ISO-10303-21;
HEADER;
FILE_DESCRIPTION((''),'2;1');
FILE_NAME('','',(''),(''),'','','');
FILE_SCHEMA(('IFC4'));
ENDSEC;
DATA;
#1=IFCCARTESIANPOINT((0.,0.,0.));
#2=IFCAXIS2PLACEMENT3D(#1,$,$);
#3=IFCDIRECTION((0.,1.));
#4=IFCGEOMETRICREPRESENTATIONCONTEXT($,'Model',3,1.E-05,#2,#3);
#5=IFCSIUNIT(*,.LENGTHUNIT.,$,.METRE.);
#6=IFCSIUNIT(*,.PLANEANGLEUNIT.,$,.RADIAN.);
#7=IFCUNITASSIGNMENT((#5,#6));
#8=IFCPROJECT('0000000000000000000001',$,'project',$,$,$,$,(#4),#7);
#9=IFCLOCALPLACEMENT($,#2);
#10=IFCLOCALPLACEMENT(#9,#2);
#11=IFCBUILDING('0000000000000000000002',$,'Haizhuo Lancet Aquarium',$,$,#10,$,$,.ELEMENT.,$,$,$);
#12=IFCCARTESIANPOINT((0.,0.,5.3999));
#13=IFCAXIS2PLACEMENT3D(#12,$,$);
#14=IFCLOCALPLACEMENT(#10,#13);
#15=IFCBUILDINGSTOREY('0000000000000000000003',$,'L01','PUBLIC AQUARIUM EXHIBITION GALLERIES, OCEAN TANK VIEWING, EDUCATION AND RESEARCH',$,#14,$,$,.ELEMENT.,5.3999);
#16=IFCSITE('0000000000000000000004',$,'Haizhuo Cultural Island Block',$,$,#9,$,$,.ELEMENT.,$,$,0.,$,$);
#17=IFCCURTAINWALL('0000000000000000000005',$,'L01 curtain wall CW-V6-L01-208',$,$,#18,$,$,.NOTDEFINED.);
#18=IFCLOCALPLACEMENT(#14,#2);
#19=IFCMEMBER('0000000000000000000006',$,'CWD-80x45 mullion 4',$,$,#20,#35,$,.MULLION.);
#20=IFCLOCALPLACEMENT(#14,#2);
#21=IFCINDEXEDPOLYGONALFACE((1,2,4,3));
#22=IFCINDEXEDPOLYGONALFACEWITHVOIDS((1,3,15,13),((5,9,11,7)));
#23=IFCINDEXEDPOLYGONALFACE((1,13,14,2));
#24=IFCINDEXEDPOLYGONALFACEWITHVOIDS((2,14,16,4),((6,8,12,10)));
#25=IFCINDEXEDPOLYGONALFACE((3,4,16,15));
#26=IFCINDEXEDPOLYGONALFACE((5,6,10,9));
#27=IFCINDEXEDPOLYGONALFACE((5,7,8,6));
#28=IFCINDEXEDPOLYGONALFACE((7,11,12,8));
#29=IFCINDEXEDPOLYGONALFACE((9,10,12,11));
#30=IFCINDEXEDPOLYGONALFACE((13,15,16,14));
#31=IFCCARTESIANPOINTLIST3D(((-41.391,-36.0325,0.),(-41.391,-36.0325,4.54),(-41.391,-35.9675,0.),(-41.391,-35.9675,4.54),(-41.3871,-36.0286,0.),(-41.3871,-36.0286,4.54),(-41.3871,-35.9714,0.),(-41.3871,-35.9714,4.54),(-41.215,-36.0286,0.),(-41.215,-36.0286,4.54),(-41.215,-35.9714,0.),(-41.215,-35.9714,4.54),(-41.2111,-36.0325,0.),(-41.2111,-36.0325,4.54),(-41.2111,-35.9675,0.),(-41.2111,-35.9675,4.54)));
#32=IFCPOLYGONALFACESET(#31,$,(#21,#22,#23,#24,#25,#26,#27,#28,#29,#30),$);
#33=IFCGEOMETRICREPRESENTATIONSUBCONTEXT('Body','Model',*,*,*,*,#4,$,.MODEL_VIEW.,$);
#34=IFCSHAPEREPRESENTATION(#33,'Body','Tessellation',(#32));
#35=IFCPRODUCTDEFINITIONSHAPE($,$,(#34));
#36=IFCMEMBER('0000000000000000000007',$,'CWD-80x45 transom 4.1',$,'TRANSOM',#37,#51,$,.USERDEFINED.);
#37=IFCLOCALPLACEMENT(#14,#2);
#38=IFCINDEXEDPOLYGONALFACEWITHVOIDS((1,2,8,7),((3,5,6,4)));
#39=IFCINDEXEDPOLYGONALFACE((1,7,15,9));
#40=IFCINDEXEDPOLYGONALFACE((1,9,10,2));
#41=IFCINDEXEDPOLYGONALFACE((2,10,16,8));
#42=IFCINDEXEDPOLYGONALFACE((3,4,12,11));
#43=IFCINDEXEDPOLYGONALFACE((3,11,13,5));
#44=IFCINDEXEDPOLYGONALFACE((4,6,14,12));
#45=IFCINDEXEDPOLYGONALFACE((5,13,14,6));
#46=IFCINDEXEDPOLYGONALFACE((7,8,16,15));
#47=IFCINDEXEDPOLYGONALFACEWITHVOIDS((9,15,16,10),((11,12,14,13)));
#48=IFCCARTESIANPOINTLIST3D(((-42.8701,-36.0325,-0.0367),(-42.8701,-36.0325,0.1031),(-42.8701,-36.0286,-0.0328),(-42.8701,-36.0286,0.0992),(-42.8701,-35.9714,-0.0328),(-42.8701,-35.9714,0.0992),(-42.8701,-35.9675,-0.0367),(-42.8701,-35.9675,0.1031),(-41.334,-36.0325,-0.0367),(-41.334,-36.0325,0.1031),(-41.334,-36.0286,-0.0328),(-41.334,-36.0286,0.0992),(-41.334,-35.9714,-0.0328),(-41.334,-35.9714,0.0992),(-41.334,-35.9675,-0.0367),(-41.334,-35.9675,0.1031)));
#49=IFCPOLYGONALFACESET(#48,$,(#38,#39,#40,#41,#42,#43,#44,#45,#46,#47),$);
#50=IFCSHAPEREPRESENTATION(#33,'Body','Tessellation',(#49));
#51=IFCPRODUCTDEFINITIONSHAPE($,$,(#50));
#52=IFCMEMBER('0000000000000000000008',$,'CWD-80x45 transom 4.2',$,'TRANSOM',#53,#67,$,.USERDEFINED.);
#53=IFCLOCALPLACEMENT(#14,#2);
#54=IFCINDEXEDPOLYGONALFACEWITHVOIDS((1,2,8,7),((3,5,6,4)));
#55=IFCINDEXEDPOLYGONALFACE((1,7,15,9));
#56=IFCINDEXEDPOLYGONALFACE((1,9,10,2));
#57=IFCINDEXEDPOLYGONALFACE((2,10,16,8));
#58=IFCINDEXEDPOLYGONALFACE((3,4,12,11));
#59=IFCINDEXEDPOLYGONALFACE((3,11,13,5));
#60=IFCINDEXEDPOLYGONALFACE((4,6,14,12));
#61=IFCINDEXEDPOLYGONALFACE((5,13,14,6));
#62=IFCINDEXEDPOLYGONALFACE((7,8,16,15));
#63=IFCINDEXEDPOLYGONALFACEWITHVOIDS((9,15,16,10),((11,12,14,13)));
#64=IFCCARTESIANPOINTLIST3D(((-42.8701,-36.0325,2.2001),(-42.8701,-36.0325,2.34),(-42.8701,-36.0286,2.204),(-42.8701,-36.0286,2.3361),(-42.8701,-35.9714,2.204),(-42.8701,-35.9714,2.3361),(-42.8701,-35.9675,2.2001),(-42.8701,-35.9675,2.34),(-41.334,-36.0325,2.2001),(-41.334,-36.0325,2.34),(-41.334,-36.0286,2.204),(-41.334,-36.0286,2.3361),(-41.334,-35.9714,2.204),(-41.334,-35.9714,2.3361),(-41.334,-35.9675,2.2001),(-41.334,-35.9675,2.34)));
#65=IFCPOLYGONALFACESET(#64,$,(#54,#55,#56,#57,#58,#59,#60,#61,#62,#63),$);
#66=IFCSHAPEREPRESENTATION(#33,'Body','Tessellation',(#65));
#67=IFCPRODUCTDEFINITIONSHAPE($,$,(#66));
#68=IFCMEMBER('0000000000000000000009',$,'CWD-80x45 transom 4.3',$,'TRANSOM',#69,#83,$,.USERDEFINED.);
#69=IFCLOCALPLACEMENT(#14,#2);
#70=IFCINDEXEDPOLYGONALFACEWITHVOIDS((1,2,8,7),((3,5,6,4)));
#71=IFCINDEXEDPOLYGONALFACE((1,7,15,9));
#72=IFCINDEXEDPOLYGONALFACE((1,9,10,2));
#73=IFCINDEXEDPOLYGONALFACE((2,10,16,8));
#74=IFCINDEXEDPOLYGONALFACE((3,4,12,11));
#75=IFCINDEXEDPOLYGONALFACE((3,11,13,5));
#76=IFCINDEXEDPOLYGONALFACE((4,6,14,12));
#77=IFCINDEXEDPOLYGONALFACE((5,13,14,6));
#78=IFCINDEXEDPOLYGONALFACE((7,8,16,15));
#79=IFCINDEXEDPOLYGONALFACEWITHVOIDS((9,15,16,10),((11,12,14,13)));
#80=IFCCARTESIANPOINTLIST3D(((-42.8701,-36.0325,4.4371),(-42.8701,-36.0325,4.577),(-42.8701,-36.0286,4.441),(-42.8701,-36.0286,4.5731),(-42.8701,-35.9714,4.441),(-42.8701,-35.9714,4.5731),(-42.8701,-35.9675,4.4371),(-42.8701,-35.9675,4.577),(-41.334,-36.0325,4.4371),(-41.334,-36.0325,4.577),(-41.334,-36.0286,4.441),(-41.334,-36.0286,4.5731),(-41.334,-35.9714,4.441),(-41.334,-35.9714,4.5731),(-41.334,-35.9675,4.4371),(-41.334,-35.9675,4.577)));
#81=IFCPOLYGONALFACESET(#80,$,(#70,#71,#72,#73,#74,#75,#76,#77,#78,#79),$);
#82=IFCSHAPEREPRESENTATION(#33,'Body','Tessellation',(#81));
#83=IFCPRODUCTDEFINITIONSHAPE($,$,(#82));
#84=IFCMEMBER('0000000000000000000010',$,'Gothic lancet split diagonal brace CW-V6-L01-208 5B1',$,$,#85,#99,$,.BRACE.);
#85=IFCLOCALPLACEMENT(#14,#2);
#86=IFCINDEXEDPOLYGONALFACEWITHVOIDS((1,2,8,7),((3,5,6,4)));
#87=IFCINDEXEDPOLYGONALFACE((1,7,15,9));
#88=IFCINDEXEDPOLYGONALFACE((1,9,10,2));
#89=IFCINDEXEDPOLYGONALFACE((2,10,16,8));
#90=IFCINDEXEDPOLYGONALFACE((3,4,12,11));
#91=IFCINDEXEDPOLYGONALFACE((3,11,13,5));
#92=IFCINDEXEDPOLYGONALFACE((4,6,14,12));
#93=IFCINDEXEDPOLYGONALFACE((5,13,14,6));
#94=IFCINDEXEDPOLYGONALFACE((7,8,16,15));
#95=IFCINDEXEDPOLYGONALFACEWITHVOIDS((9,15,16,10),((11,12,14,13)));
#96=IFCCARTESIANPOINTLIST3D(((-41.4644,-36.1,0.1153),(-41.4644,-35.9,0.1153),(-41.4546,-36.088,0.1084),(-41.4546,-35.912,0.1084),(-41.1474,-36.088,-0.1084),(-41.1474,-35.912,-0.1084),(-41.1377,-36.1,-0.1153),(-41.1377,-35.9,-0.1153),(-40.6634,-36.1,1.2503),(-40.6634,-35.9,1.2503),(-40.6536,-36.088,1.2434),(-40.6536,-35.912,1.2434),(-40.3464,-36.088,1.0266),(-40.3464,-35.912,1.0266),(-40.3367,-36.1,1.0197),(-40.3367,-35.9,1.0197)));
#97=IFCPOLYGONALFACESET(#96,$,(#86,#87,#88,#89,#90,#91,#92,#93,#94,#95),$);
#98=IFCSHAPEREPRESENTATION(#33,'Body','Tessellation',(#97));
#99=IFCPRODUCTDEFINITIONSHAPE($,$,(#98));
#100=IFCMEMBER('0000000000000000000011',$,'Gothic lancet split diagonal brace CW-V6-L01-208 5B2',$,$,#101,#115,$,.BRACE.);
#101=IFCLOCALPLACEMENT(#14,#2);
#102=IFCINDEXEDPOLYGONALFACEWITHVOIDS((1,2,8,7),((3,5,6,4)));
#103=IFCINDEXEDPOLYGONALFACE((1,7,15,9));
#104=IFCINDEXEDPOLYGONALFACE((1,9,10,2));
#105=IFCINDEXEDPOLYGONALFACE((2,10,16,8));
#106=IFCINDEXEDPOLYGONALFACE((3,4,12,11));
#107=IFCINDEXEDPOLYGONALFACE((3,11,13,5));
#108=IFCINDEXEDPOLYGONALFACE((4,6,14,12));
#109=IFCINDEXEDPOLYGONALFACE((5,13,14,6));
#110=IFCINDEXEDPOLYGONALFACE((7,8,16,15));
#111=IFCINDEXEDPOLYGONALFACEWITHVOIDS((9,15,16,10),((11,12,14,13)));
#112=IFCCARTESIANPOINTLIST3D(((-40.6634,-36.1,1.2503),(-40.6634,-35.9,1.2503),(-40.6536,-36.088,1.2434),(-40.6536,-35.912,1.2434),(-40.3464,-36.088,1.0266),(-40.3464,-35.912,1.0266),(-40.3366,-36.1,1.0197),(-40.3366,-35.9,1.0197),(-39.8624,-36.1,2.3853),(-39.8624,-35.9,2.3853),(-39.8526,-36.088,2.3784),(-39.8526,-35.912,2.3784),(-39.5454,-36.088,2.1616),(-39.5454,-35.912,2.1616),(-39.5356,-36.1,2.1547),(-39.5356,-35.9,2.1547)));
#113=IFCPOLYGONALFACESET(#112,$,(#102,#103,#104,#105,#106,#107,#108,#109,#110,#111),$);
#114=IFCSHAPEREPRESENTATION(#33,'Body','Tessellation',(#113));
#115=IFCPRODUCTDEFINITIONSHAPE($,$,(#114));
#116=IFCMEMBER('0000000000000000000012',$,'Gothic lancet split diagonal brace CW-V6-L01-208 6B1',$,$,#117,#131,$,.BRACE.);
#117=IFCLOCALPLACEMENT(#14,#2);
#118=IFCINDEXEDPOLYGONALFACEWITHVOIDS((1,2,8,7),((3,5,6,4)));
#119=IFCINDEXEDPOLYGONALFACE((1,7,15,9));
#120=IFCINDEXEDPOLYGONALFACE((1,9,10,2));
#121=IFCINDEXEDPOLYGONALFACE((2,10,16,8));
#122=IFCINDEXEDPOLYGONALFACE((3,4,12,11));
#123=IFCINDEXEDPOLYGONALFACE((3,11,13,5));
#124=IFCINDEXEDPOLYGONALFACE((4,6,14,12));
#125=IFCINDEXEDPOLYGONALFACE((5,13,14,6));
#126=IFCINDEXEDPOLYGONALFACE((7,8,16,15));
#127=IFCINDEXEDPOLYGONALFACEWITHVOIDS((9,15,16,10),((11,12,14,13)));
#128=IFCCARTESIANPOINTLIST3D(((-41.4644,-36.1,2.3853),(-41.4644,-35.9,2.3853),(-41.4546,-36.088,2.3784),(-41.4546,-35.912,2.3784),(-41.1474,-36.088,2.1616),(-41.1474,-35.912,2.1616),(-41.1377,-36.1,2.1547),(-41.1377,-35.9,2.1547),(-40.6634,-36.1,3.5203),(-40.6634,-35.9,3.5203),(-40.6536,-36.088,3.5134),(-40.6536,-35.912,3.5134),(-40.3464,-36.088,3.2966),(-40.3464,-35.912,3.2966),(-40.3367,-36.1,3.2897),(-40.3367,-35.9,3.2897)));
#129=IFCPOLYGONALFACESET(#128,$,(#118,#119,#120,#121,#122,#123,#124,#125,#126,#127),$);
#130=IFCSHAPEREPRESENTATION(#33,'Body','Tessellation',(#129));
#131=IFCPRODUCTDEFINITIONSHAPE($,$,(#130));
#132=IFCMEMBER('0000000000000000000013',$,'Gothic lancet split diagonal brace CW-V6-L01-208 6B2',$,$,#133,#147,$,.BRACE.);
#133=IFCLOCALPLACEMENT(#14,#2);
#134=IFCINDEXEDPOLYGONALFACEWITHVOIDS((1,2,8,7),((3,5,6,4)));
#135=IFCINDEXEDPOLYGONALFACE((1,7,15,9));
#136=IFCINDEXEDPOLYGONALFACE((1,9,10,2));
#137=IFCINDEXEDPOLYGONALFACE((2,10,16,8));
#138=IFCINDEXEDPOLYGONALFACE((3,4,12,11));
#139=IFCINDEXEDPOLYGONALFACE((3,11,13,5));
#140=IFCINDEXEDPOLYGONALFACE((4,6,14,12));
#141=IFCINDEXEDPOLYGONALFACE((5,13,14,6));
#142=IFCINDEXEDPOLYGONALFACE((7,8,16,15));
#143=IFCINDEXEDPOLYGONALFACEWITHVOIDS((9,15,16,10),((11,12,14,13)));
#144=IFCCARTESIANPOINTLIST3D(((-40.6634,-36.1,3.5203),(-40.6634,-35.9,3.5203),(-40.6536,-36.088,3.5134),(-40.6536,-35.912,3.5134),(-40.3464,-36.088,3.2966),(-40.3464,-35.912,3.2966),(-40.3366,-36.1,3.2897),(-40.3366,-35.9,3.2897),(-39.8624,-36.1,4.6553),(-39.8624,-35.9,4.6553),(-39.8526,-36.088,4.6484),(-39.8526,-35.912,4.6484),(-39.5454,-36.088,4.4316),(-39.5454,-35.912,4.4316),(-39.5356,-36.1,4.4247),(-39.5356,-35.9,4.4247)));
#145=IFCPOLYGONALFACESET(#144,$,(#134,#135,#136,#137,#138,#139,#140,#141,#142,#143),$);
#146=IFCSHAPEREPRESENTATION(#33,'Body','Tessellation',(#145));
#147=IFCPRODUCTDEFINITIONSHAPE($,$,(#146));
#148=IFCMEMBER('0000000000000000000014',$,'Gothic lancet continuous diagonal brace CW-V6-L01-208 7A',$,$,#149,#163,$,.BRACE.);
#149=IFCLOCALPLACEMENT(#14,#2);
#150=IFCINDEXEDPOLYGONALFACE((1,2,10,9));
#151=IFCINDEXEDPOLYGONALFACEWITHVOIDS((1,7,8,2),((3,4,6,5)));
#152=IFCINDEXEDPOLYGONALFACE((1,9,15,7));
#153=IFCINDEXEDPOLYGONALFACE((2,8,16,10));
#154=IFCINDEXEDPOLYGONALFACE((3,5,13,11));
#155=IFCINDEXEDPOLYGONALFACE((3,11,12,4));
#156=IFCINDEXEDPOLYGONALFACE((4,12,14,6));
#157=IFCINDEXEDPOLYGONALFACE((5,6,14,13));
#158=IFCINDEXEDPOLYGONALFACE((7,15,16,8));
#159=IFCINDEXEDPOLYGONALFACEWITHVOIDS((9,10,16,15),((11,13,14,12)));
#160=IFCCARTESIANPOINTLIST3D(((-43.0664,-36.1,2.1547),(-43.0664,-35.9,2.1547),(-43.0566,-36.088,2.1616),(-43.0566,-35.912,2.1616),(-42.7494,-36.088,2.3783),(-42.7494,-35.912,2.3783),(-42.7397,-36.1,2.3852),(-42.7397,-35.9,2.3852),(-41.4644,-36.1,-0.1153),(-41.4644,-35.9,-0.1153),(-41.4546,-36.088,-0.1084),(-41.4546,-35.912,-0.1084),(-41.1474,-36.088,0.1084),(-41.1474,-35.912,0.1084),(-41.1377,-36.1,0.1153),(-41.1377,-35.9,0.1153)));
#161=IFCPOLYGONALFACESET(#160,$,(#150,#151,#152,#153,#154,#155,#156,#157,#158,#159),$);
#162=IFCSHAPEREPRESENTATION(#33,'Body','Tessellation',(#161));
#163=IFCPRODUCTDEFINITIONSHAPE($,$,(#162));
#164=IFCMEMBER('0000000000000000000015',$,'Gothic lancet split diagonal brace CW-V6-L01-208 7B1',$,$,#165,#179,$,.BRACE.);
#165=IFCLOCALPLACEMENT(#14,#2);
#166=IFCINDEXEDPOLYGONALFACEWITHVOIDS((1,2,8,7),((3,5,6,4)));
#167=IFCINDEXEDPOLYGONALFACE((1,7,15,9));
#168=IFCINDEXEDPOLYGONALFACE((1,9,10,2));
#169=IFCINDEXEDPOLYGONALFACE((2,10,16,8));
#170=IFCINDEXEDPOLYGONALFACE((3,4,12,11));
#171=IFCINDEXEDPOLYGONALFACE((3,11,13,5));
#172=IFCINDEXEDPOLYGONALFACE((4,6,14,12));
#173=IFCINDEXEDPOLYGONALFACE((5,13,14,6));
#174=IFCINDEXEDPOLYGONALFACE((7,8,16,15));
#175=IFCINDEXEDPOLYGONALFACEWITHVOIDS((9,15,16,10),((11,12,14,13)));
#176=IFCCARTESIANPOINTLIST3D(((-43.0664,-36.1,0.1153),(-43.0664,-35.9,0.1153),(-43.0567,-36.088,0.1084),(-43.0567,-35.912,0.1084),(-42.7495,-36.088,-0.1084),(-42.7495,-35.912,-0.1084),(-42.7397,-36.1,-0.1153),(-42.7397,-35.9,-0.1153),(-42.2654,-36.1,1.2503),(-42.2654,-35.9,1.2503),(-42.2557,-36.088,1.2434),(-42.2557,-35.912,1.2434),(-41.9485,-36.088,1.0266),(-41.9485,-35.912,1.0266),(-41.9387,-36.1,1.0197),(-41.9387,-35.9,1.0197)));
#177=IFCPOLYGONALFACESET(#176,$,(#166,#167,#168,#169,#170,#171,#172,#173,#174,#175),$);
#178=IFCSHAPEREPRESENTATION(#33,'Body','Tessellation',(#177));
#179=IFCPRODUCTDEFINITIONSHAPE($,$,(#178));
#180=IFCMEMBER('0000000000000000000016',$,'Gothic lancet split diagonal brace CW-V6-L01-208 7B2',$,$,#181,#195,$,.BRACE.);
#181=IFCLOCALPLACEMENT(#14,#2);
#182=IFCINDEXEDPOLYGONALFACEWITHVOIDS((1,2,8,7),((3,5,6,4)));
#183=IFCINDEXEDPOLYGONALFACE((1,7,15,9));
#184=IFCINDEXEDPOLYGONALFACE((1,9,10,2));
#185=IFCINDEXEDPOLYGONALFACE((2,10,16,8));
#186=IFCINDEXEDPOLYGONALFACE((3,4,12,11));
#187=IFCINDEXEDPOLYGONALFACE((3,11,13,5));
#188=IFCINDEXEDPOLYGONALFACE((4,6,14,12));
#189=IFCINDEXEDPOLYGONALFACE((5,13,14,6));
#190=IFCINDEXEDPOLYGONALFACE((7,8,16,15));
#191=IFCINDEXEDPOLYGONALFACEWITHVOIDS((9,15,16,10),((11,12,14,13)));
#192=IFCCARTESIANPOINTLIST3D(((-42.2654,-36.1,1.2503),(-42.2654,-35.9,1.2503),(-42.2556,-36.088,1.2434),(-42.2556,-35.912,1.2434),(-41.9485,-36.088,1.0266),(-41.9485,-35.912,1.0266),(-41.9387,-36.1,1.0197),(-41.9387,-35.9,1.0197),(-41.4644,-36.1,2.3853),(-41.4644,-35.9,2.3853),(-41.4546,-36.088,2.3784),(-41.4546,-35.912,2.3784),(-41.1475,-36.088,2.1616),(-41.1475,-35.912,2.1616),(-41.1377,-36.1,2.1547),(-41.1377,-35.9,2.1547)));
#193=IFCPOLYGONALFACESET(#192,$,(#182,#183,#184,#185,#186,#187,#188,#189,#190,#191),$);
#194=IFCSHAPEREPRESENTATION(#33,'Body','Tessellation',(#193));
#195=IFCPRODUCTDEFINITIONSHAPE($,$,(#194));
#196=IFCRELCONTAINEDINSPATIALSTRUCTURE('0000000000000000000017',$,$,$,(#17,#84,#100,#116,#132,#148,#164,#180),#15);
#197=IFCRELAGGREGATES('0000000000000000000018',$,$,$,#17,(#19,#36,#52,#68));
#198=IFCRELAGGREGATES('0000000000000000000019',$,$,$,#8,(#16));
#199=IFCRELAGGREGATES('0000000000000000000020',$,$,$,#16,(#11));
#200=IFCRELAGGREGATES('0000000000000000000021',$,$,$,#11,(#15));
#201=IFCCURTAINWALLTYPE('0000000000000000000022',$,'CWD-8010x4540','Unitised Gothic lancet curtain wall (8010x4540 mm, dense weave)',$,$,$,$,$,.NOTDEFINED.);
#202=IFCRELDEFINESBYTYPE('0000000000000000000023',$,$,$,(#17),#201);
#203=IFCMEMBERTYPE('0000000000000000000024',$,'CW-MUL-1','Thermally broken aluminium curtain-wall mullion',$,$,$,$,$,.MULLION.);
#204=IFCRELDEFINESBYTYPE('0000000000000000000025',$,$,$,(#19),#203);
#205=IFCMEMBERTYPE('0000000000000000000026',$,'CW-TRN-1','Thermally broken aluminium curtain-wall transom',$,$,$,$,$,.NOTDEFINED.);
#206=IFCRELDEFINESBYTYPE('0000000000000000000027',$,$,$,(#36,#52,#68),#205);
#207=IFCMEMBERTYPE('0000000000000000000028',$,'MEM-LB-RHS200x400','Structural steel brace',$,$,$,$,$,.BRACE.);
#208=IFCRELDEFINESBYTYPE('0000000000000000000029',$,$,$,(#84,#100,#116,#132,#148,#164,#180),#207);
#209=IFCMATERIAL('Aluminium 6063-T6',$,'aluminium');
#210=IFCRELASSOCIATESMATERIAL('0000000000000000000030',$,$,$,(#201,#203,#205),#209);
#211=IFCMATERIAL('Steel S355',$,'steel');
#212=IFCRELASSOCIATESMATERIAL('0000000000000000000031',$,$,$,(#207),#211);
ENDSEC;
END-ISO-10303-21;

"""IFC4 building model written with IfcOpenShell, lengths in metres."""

from ifc_helpers import new_model, si_unit, direction, frame, origin, origin_2d, place, context, subcontext, project, spatial, hollow_rectangle, extrude, material, material_profile, profile_set, type_object, element, aggregate, save


model = new_model("IFC4")

# Units and contexts
model_context = context("Model", 3, precision=1e-05, world=origin(), true_north=direction((0.0, 1.0)))
body_context = subcontext(model_context, "Body", "Model", "MODEL_VIEW")
ifc_project = project(units=[si_unit("LENGTHUNIT", "METRE"), si_unit("PLANEANGLEUNIT", "RADIAN")], contexts=[model_context])

# Site, building, storey
site_placement = place(None, origin())
site = spatial("IfcSite", under=ifc_project, at=site_placement, Name="Haizhuo Cultural Island Block", CompositionType="ELEMENT", RefElevation=0.0)
building_placement = place(site_placement, origin())
building = spatial("IfcBuilding", under=site, at=building_placement, Name="Haizhuo Lancet Aquarium", CompositionType="ELEMENT")
storey_placement = place(building_placement, frame((0.0, 0.0, 5.3999)))
storey = spatial("IfcBuildingStorey", under=building, at=storey_placement, Name="L01", Description="PUBLIC AQUARIUM EXHIBITION GALLERIES, OCEAN TANK VIEWING, EDUCATION AND RESEARCH", CompositionType="ELEMENT", Elevation=5.3999)

# Curtain wall, members
ifc_material_1 = material(Name="Aluminium 6063-T6", Category="aluminium")
curtain_wall_type = type_object("IfcCurtainWallType", Name="CWD-8010x4540", Description="Unitised Gothic lancet curtain wall (8010x4540 mm, dense weave)", PredefinedType="NOTDEFINED", material=ifc_material_1)
curtain_wall_placement = place(storey_placement, origin())
curtain_wall = element("IfcCurtainWall", 1, at=curtain_wall_placement, inside=storey, type_object=curtain_wall_type, Name="L01 curtain wall CW-V6-L01-208", PredefinedType="NOTDEFINED")
ifc_material_profile_1 = material_profile(ifc_material_1, hollow_rectangle(XDim=0.0649, YDim=0.1799, WallThickness=0.0039, at=origin_2d()), Name="ALU-M 65x180x4")
ifc_profile_set_1 = profile_set([ifc_material_profile_1], Name="Aluminium 6063-T6")
member_type_1 = type_object("IfcMemberType", Name="CW-MUL-1", Description="Thermally broken aluminium curtain-wall mullion", PredefinedType="MULLION", material=ifc_profile_set_1)
member_1_placement = place(storey_placement, frame((-41.301, -36.0, 0.0), z_axis=(0.0, 0.0, 1.0), x_axis=(0.0, -1.0, 0.0)))
member_1 = element("IfcMember", 2, at=member_1_placement, type_object=member_type_1, Name="CWD-80x45 mullion 4", PredefinedType="MULLION", context=body_context, shape_type="SweptSolid", body=[
    extrude(hollow_rectangle(XDim=0.0649, YDim=0.1799, WallThickness=0.0039, at=origin_2d()), origin(), (0.0, 0.0, 1.0), 4.54),
])
ifc_material_profile_2 = material_profile(ifc_material_1, hollow_rectangle(XDim=0.0649, YDim=0.1399, WallThickness=0.0039, at=origin_2d()), Name="ALU-T 65x140x4")
ifc_profile_set_2 = profile_set([ifc_material_profile_2], Name="Aluminium 6063-T6")
member_type_2 = type_object("IfcMemberType", Name="CW-TRN-1", Description="Thermally broken aluminium curtain-wall transom", PredefinedType="NOTDEFINED", material=ifc_profile_set_2)
member_2_placement = place(storey_placement, frame((-41.334, -36.0, 0.0332), z_axis=(-1.0, 0.0, 0.0), x_axis=(0.0, -1.0, 0.0)))
member_2 = element("IfcMember", 3, at=member_2_placement, type_object=member_type_2, Name="CWD-80x45 transom 4.1", ObjectType="TRANSOM", PredefinedType="USERDEFINED", context=body_context, shape_type="SweptSolid", body=[
    extrude(hollow_rectangle(XDim=0.0649, YDim=0.1399, WallThickness=0.0039, at=origin_2d()), origin(), (0.0, 0.0, 1.0), 1.5361),
])
member_3_placement = place(storey_placement, frame((-41.334, -36.0, 2.27), z_axis=(-1.0, 0.0, 0.0), x_axis=(0.0, -1.0, 0.0)))
member_3 = element("IfcMember", 4, at=member_3_placement, type_object=member_type_2, Name="CWD-80x45 transom 4.2", ObjectType="TRANSOM", PredefinedType="USERDEFINED", context=body_context, shape_type="SweptSolid", body=[
    extrude(hollow_rectangle(XDim=0.0649, YDim=0.1399, WallThickness=0.0039, at=origin_2d()), origin(), (0.0, 0.0, 1.0), 1.5361),
])
member_4_placement = place(storey_placement, frame((-41.334, -36.0, 4.5071), z_axis=(-1.0, 0.0, 0.0), x_axis=(0.0, -1.0, 0.0)))
member_4 = element("IfcMember", 5, at=member_4_placement, type_object=member_type_2, Name="CWD-80x45 transom 4.3", ObjectType="TRANSOM", PredefinedType="USERDEFINED", context=body_context, shape_type="SweptSolid", body=[
    extrude(hollow_rectangle(XDim=0.0649, YDim=0.1399, WallThickness=0.0039, at=origin_2d()), origin(), (0.0, 0.0, 1.0), 1.5361),
])

# Members
ifc_material_2 = material(Name="Steel S355", Category="steel")
ifc_material_profile_3 = material_profile(ifc_material_2, hollow_rectangle(XDim=0.2, YDim=0.3999, WallThickness=0.012, at=origin_2d()), Name="RHS 200x400x12")
ifc_profile_set_3 = profile_set([ifc_material_profile_3], Name="Steel S355")
member_type_3 = type_object("IfcMemberType", Name="MEM-LB-RHS200x400", Description="Structural steel brace", PredefinedType="BRACE", material=ifc_profile_set_3)
for number, where, z_axis, x_axis, name in (
    (6, (-41.301, -36.0, 0.0), (0.576607, 0.0, 0.817021), (0.0, 1.0, 0.0), "Gothic lancet split diagonal brace CW-V6-L01-208 5B1"),
    (7, (-40.5, -36.0, 1.135), (0.576607, 0.0, 0.817021), (0.0, 1.0, 0.0), "Gothic lancet split diagonal brace CW-V6-L01-208 5B2"),
    (8, (-41.301, -36.0, 2.27), (0.576607, 0.0, 0.817021), (0.0, 1.0, 0.0), "Gothic lancet split diagonal brace CW-V6-L01-208 6B1"),
    (9, (-40.5, -36.0, 3.405), (0.576607, 0.0, 0.817021), (0.0, 1.0, 0.0), "Gothic lancet split diagonal brace CW-V6-L01-208 6B2"),
):
    element("IfcMember", number, at=place(storey_placement, frame(where, z_axis=z_axis, x_axis=x_axis)), inside=storey, type_object=member_type_3, Name=name, PredefinedType="BRACE", context=body_context, shape_type="SweptSolid", body=[
        extrude(hollow_rectangle(XDim=0.2, YDim=0.3999, WallThickness=0.012, at=origin_2d()), origin(), (0.0, 0.0, 1.0), 1.3892),
    ])
member_5_placement = place(storey_placement, frame((-41.301, -36.0, 0.0), z_axis=(-0.576607, 0.0, 0.817021), x_axis=(0.0, -1.0, 0.0)))
element("IfcMember", 10, at=member_5_placement, inside=storey, type_object=member_type_3, Name="Gothic lancet continuous diagonal brace CW-V6-L01-208 7A", PredefinedType="BRACE", context=body_context, shape_type="SweptSolid", body=[
    extrude(hollow_rectangle(XDim=0.2, YDim=0.3999, WallThickness=0.012, at=origin_2d()), origin(), (0.0, 0.0, 1.0), 2.7783),
])
for number, where, z_axis, x_axis, name in (
    (11, (-42.9031, -36.0, 0.0), (0.576607, 0.0, 0.817021), (0.0, 1.0, 0.0), "Gothic lancet split diagonal brace CW-V6-L01-208 7B1"),
    (12, (-42.1021, -36.0, 1.135), (0.576607, 0.0, 0.817021), (0.0, 1.0, 0.0), "Gothic lancet split diagonal brace CW-V6-L01-208 7B2"),
):
    element("IfcMember", number, at=place(storey_placement, frame(where, z_axis=z_axis, x_axis=x_axis)), inside=storey, type_object=member_type_3, Name=name, PredefinedType="BRACE", context=body_context, shape_type="SweptSolid", body=[
        extrude(hollow_rectangle(XDim=0.2, YDim=0.3999, WallThickness=0.012, at=origin_2d()), origin(), (0.0, 0.0, 1.0), 1.3892),
    ])

aggregate(curtain_wall, [member_1, member_2, member_3, member_4])

save(model, "model.ifc")
